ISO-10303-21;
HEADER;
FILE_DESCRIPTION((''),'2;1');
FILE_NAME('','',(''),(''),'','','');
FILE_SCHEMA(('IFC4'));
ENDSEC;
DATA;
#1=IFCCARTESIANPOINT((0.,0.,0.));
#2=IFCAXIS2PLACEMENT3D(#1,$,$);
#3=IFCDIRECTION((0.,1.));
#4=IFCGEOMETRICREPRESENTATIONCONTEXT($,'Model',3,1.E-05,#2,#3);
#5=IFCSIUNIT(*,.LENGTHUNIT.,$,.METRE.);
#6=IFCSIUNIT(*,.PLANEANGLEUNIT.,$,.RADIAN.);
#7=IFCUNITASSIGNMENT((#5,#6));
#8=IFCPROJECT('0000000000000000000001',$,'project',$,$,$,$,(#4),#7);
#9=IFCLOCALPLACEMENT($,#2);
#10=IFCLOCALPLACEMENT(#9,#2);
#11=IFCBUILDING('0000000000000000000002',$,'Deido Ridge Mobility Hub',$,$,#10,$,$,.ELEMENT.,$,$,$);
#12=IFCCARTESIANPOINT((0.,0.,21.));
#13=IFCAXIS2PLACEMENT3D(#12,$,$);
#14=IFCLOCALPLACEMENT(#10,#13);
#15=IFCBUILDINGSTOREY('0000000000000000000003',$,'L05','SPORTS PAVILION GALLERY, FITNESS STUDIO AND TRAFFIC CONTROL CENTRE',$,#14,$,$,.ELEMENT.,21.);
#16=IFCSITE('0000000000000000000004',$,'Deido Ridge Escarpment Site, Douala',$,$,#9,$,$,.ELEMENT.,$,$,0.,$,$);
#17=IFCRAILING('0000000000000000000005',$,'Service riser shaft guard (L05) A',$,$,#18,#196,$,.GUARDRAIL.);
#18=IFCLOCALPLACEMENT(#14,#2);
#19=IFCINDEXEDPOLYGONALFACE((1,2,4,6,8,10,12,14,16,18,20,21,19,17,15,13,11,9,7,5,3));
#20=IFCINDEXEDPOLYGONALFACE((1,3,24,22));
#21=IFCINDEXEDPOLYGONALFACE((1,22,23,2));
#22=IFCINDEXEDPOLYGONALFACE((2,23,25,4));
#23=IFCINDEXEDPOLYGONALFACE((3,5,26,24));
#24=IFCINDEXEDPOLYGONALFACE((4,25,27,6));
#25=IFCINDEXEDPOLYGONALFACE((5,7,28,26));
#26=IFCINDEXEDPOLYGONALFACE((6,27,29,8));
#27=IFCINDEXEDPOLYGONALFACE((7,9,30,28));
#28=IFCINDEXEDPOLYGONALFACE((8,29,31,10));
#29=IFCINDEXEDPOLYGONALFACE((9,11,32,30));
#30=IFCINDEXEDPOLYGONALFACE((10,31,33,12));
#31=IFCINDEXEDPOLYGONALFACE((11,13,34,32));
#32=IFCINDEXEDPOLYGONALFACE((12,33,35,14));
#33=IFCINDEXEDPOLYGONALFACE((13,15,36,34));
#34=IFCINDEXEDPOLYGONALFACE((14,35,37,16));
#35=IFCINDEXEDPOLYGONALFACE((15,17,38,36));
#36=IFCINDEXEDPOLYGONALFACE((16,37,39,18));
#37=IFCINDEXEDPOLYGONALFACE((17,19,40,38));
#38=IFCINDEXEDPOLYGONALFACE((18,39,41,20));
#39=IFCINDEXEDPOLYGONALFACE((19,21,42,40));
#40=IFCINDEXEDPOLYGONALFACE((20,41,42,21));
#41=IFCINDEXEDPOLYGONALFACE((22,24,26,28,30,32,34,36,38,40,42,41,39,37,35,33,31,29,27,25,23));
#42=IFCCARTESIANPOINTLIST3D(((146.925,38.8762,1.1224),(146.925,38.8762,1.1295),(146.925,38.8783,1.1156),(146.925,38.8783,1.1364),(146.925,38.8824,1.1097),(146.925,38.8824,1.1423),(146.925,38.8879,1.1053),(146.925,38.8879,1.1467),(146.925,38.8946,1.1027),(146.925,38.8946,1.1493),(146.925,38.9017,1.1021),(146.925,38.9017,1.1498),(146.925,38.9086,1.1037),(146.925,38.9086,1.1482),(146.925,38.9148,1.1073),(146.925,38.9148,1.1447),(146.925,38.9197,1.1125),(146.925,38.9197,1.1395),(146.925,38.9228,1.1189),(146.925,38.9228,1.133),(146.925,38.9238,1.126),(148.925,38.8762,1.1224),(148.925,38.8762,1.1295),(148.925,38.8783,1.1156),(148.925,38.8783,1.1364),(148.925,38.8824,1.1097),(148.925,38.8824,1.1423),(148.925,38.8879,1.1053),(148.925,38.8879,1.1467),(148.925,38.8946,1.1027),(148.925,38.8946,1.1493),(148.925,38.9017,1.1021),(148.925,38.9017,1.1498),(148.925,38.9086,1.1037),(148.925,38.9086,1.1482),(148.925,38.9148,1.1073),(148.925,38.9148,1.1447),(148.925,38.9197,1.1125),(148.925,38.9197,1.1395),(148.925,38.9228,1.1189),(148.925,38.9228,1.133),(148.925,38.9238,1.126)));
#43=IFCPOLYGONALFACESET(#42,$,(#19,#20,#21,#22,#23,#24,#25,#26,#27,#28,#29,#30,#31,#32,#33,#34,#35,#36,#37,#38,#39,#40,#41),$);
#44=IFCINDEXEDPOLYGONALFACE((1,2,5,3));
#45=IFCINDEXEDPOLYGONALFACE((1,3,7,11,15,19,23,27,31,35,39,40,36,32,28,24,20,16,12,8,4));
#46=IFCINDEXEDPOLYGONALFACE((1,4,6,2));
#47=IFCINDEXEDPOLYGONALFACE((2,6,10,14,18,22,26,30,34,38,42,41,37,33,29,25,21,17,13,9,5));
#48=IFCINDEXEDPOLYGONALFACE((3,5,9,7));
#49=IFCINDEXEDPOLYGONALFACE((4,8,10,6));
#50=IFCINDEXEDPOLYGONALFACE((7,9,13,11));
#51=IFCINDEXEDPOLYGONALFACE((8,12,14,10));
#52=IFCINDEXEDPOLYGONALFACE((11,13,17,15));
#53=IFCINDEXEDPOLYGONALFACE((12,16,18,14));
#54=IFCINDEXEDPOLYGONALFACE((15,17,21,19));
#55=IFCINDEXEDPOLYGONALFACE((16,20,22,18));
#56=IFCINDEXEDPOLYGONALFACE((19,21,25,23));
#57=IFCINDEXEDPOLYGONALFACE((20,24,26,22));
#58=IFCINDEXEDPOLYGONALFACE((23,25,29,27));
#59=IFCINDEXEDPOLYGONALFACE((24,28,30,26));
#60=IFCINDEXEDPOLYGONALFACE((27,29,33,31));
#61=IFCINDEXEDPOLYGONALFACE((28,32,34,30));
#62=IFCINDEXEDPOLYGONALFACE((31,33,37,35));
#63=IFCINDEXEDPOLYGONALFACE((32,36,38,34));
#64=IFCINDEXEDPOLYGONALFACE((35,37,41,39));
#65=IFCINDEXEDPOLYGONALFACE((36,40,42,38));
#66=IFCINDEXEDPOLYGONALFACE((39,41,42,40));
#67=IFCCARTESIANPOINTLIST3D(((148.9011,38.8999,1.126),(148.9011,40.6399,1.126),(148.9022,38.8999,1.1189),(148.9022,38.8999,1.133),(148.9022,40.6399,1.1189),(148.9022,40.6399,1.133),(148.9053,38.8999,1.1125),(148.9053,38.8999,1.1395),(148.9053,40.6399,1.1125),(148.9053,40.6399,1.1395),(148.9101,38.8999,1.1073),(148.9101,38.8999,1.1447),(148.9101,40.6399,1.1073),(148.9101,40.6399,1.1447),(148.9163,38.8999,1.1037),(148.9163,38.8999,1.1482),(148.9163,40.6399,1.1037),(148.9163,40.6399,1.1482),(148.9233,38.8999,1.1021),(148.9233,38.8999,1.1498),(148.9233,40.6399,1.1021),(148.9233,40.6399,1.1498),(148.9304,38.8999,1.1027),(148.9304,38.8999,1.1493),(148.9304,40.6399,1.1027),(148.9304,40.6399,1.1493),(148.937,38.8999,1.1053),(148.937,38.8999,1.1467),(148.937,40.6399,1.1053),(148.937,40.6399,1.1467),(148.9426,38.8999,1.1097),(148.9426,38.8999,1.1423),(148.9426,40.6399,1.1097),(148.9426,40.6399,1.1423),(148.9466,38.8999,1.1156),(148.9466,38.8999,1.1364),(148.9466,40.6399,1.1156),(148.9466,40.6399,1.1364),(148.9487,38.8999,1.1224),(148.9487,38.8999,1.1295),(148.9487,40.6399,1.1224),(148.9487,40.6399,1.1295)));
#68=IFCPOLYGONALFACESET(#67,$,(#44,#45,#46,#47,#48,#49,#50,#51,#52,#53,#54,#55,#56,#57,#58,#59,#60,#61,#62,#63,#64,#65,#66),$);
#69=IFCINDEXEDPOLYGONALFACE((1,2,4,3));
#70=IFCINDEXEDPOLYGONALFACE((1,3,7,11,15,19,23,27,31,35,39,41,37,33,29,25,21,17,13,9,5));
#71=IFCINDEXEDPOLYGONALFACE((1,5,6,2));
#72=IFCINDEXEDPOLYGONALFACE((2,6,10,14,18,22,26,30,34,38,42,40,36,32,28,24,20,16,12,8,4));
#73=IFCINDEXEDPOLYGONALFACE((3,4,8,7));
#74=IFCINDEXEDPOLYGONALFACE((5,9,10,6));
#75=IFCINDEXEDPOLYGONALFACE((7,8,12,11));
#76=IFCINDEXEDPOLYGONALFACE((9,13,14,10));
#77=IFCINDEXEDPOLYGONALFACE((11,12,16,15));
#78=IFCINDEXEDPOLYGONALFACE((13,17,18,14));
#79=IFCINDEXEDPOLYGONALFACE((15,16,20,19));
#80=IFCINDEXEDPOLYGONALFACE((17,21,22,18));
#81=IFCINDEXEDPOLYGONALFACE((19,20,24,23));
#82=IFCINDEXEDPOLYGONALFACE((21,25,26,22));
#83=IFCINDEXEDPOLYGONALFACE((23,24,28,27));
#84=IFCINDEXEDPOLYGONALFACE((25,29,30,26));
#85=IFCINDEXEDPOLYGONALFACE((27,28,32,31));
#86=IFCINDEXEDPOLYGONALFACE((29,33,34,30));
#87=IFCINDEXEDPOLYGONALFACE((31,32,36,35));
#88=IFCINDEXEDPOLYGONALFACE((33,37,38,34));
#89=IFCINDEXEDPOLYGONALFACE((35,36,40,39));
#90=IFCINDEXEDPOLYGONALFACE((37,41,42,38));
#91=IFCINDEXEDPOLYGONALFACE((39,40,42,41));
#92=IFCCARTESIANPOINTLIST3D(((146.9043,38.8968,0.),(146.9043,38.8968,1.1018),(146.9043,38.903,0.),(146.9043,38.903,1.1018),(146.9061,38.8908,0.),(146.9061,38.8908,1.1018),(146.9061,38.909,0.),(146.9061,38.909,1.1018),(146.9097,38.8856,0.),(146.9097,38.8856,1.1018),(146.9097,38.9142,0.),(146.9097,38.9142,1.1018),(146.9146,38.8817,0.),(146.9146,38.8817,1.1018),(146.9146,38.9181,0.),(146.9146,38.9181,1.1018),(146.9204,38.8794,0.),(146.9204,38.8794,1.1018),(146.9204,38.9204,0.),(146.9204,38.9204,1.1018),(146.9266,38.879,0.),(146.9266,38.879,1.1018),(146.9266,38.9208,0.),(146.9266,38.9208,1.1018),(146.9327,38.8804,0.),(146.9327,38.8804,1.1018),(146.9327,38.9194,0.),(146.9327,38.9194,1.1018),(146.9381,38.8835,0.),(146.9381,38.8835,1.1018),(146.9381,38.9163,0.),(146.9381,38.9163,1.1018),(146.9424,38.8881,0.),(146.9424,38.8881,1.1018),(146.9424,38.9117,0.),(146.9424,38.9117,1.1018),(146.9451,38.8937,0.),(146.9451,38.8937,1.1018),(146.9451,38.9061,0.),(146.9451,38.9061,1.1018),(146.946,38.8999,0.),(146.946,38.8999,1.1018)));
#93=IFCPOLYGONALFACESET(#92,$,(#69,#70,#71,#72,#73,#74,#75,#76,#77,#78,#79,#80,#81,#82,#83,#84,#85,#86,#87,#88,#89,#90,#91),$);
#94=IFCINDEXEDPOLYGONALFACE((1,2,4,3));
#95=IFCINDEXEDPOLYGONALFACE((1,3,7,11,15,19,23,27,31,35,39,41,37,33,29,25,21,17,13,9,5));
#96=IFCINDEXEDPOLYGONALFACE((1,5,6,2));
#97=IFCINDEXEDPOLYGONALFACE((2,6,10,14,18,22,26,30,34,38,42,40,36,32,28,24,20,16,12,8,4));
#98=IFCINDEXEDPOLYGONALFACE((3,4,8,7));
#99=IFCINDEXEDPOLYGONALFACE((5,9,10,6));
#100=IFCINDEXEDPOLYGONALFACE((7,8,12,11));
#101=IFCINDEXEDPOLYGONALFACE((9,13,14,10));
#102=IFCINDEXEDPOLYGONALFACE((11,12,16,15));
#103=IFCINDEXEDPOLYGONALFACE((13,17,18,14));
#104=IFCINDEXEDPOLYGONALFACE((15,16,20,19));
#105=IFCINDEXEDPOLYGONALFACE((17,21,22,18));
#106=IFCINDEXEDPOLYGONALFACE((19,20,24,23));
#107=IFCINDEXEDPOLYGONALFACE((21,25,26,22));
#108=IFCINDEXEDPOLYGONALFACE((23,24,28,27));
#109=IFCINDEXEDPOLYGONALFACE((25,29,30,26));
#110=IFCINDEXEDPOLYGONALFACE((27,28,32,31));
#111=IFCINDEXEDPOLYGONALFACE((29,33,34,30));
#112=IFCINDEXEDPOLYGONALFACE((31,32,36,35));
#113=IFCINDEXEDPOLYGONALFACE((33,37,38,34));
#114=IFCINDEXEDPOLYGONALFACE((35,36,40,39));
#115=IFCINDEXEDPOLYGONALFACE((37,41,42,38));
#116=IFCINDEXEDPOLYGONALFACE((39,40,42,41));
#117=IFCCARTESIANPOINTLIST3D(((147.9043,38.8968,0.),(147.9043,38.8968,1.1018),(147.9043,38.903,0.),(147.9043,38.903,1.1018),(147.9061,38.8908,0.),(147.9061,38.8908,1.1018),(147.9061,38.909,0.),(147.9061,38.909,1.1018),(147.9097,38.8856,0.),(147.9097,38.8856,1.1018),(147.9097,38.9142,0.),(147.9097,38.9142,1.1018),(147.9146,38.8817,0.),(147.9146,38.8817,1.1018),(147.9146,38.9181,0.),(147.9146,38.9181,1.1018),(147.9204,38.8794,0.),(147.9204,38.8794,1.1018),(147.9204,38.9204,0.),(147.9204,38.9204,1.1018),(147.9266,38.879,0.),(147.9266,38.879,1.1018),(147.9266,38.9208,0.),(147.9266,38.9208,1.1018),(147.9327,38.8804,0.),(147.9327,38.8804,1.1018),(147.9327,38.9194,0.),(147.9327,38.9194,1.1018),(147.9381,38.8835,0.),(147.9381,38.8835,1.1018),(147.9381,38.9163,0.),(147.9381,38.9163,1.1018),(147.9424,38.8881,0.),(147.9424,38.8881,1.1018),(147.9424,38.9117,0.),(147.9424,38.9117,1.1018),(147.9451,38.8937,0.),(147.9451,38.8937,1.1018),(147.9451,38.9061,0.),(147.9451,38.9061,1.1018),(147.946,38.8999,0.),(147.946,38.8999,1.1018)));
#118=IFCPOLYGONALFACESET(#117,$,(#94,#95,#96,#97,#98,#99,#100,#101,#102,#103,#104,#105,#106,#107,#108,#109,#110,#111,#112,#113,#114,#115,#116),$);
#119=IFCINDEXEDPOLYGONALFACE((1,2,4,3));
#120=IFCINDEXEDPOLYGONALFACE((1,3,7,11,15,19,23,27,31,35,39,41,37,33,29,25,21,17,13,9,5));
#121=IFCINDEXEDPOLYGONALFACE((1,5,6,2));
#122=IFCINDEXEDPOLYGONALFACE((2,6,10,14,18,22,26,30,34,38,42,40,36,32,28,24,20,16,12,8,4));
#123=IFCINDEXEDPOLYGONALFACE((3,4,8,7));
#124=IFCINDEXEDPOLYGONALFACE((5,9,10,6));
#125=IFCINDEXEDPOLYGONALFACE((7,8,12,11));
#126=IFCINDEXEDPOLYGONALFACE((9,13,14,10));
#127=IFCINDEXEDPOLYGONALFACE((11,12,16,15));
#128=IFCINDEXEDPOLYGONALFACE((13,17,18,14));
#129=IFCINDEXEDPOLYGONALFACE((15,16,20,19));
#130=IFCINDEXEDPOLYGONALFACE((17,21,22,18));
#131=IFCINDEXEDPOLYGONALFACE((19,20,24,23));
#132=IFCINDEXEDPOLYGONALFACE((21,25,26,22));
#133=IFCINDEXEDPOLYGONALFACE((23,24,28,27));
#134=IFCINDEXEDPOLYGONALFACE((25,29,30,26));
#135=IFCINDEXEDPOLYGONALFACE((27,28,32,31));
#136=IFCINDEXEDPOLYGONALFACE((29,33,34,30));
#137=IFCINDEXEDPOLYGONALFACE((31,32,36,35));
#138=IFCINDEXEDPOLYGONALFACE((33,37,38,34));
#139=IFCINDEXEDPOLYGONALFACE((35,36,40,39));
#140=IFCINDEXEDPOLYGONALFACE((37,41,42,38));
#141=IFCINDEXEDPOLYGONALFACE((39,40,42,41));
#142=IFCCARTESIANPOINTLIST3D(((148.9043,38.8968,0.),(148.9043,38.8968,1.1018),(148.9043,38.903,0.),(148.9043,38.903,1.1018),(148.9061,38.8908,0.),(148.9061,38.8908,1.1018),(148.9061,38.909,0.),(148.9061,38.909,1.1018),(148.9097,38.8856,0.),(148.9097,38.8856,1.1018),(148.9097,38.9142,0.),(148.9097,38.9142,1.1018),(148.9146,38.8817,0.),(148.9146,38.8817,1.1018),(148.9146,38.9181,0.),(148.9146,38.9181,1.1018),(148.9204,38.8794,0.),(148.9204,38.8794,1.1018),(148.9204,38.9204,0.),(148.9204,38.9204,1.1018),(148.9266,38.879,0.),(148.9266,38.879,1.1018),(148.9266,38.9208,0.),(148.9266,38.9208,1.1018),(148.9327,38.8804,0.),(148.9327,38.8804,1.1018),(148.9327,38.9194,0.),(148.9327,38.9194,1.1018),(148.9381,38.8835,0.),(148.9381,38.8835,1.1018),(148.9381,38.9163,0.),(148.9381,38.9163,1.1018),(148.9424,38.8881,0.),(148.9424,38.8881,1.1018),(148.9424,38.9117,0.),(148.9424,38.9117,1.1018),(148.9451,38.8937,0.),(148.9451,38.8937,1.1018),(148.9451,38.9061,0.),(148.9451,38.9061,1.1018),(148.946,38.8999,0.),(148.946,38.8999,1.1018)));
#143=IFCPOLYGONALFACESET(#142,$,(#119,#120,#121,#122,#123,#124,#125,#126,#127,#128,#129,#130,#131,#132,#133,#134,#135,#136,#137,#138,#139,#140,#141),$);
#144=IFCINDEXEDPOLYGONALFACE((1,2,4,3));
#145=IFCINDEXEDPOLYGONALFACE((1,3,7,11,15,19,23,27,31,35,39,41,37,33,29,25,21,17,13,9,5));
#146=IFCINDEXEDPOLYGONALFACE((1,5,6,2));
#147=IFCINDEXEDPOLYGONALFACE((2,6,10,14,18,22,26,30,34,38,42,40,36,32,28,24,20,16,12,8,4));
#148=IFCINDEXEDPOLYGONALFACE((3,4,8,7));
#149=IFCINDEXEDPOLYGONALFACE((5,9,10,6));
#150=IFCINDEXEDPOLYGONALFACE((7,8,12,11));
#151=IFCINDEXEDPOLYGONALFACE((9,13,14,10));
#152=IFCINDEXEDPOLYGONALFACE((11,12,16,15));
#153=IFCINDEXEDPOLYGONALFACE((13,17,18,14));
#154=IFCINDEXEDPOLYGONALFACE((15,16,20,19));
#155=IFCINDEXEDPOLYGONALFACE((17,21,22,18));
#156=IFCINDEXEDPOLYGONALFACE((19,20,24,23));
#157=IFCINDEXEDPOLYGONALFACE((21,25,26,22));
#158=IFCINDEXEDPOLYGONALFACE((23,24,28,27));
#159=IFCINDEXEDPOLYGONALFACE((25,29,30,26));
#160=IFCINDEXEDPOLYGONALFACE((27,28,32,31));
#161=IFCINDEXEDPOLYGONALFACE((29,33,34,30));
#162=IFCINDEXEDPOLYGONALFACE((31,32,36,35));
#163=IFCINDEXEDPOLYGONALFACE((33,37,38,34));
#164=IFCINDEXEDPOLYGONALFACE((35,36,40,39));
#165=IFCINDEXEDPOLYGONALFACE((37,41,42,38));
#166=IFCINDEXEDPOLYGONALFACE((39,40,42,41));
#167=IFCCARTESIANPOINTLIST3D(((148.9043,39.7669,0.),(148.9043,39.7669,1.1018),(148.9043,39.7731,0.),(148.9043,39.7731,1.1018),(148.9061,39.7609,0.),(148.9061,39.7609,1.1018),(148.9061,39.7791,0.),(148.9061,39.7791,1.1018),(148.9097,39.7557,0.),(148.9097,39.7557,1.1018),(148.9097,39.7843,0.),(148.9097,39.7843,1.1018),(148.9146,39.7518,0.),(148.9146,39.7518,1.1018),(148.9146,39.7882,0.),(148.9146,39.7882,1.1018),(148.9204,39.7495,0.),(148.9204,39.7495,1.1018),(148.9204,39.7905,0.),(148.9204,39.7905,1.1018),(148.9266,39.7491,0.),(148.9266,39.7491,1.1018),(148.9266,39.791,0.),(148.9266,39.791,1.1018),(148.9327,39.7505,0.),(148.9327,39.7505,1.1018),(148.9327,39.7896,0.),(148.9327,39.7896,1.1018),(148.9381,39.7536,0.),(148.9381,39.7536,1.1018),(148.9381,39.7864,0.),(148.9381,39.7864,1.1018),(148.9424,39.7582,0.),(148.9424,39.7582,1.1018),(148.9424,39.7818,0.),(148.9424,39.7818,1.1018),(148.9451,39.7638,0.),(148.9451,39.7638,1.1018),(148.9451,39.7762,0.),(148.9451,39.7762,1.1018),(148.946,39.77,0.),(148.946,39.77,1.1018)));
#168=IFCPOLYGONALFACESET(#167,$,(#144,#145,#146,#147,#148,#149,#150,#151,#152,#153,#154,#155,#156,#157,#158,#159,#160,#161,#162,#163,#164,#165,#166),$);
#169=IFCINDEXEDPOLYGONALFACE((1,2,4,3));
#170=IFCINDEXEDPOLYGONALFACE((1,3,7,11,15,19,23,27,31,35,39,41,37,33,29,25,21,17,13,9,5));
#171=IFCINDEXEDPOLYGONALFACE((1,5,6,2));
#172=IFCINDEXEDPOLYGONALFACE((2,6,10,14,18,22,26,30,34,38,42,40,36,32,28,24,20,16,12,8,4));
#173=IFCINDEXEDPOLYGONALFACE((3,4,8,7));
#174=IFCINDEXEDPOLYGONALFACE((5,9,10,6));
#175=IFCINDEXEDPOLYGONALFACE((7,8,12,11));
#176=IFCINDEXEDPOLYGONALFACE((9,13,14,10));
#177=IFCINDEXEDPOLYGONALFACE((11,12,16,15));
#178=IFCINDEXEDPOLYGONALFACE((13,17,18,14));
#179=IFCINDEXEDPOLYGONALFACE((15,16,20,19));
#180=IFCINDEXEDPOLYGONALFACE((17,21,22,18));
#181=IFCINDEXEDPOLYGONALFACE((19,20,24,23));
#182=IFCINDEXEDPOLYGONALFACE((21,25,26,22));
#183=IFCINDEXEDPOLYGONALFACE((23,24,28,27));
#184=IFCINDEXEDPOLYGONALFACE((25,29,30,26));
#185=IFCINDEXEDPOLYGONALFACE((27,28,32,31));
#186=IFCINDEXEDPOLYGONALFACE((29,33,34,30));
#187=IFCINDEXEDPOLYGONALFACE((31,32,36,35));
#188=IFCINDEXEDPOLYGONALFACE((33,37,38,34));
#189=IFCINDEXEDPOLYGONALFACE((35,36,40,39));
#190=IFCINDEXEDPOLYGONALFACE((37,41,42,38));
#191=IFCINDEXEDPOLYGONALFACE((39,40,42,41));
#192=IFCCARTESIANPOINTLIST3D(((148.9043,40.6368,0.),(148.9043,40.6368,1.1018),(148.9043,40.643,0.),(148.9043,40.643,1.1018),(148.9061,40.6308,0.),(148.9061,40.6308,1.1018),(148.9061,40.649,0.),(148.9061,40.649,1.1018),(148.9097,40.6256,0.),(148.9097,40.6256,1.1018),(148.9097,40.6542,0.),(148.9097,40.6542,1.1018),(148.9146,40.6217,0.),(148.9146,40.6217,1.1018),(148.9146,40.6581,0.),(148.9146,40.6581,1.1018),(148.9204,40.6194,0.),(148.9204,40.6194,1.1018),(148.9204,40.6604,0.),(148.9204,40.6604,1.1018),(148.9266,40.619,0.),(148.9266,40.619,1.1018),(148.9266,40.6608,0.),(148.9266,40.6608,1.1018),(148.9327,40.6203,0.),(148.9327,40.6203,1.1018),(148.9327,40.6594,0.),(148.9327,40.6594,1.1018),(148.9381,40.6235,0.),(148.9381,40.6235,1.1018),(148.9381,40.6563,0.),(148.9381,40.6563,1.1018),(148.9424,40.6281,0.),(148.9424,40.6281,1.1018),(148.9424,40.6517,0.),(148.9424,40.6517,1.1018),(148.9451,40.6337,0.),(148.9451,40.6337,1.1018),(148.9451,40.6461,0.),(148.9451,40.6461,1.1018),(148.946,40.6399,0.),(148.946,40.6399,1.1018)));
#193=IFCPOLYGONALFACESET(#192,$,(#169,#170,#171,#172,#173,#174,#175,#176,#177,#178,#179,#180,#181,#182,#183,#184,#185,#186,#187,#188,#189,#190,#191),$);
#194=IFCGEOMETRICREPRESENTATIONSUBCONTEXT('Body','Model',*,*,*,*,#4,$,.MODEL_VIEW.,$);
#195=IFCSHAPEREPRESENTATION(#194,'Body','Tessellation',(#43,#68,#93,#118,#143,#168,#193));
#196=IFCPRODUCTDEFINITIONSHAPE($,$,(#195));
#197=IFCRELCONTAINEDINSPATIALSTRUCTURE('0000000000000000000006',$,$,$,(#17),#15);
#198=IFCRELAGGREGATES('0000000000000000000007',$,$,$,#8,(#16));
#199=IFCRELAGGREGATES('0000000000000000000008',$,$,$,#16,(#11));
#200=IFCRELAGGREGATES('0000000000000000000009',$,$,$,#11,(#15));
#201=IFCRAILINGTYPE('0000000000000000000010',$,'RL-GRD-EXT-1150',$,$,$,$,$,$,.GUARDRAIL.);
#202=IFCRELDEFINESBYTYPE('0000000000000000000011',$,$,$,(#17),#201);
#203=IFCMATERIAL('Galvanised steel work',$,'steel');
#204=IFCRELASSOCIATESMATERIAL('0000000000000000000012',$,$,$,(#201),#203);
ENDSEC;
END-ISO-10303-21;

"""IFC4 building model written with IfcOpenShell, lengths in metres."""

from ifc_helpers import new_model, si_unit, direction, frame, origin, origin_2d, place, context, subcontext, project, spatial, circle, extrude, material, type_object, element, save


model = new_model("IFC4")

# Units and contexts
model_context = context("Model", 3, precision=1e-05, world=origin(), true_north=direction((0.0, 1.0)))
body_context = subcontext(model_context, "Body", "Model", "MODEL_VIEW")
ifc_project = project(units=[si_unit("LENGTHUNIT", "METRE"), si_unit("PLANEANGLEUNIT", "RADIAN")], contexts=[model_context])

# Site, building, storey
site_placement = place(None, origin())
site = spatial("IfcSite", under=ifc_project, at=site_placement, Name="Deido Ridge Escarpment Site, Douala", CompositionType="ELEMENT", RefElevation=0.0)
building_placement = place(site_placement, origin())
building = spatial("IfcBuilding", under=site, at=building_placement, Name="Deido Ridge Mobility Hub", CompositionType="ELEMENT")
storey_placement = place(building_placement, frame((0.0, 0.0, 21.0)))
storey = spatial("IfcBuildingStorey", under=building, at=storey_placement, Name="L05", Description="SPORTS PAVILION GALLERY, FITNESS STUDIO AND TRAFFIC CONTROL CENTRE", CompositionType="ELEMENT", Elevation=21.0)

# Railing
ifc_material_1 = material(Name="Galvanised steel work", Category="steel")
railing_type = type_object("IfcRailingType", Name="RL-GRD-EXT-1150", PredefinedType="GUARDRAIL", material=ifc_material_1)
railing_1_placement = place(storey_placement, frame((146.925, 38.8999, 0.0)))
element("IfcRailing", 1, at=railing_1_placement, inside=storey, type_object=railing_type, Name="Service riser shaft guard (L05) A", PredefinedType="GUARDRAIL", context=body_context, shape_type="SweptSolid", body=[
    extrude(circle(Radius=0.0239, at=origin_2d()), frame((0.0, 0.0, 1.126), z_axis=(1.0, 0.0, 0.0), x_axis=(0.0, 1.0, 0.0)), (0.0, 0.0, 1.0), 2.0),
    extrude(circle(Radius=0.0239, at=origin_2d()), frame((2.0, 0.0, 1.126), z_axis=(0.0, 1.0, 0.0), x_axis=(-1.0, 0.0, 0.0)), (0.0, 0.0, 1.0), 1.74),
    extrude(circle(Radius=0.021, at=origin_2d()), origin(), (0.0, 0.0, 1.0), 1.1018),
    extrude(circle(Radius=0.021, at=origin_2d()), frame((1.0, 0.0, 0.0)), (0.0, 0.0, 1.0), 1.1018),
    extrude(circle(Radius=0.021, at=origin_2d()), frame((2.0, 0.0, 0.0)), (0.0, 0.0, 1.0), 1.1018),
    extrude(circle(Radius=0.021, at=origin_2d()), frame((2.0, 0.8701, 0.0)), (0.0, 0.0, 1.0), 1.1018),
    extrude(circle(Radius=0.021, at=origin_2d()), frame((2.0, 1.74, 0.0)), (0.0, 0.0, 1.0), 1.1018),
])

save(model, "model.ifc")
